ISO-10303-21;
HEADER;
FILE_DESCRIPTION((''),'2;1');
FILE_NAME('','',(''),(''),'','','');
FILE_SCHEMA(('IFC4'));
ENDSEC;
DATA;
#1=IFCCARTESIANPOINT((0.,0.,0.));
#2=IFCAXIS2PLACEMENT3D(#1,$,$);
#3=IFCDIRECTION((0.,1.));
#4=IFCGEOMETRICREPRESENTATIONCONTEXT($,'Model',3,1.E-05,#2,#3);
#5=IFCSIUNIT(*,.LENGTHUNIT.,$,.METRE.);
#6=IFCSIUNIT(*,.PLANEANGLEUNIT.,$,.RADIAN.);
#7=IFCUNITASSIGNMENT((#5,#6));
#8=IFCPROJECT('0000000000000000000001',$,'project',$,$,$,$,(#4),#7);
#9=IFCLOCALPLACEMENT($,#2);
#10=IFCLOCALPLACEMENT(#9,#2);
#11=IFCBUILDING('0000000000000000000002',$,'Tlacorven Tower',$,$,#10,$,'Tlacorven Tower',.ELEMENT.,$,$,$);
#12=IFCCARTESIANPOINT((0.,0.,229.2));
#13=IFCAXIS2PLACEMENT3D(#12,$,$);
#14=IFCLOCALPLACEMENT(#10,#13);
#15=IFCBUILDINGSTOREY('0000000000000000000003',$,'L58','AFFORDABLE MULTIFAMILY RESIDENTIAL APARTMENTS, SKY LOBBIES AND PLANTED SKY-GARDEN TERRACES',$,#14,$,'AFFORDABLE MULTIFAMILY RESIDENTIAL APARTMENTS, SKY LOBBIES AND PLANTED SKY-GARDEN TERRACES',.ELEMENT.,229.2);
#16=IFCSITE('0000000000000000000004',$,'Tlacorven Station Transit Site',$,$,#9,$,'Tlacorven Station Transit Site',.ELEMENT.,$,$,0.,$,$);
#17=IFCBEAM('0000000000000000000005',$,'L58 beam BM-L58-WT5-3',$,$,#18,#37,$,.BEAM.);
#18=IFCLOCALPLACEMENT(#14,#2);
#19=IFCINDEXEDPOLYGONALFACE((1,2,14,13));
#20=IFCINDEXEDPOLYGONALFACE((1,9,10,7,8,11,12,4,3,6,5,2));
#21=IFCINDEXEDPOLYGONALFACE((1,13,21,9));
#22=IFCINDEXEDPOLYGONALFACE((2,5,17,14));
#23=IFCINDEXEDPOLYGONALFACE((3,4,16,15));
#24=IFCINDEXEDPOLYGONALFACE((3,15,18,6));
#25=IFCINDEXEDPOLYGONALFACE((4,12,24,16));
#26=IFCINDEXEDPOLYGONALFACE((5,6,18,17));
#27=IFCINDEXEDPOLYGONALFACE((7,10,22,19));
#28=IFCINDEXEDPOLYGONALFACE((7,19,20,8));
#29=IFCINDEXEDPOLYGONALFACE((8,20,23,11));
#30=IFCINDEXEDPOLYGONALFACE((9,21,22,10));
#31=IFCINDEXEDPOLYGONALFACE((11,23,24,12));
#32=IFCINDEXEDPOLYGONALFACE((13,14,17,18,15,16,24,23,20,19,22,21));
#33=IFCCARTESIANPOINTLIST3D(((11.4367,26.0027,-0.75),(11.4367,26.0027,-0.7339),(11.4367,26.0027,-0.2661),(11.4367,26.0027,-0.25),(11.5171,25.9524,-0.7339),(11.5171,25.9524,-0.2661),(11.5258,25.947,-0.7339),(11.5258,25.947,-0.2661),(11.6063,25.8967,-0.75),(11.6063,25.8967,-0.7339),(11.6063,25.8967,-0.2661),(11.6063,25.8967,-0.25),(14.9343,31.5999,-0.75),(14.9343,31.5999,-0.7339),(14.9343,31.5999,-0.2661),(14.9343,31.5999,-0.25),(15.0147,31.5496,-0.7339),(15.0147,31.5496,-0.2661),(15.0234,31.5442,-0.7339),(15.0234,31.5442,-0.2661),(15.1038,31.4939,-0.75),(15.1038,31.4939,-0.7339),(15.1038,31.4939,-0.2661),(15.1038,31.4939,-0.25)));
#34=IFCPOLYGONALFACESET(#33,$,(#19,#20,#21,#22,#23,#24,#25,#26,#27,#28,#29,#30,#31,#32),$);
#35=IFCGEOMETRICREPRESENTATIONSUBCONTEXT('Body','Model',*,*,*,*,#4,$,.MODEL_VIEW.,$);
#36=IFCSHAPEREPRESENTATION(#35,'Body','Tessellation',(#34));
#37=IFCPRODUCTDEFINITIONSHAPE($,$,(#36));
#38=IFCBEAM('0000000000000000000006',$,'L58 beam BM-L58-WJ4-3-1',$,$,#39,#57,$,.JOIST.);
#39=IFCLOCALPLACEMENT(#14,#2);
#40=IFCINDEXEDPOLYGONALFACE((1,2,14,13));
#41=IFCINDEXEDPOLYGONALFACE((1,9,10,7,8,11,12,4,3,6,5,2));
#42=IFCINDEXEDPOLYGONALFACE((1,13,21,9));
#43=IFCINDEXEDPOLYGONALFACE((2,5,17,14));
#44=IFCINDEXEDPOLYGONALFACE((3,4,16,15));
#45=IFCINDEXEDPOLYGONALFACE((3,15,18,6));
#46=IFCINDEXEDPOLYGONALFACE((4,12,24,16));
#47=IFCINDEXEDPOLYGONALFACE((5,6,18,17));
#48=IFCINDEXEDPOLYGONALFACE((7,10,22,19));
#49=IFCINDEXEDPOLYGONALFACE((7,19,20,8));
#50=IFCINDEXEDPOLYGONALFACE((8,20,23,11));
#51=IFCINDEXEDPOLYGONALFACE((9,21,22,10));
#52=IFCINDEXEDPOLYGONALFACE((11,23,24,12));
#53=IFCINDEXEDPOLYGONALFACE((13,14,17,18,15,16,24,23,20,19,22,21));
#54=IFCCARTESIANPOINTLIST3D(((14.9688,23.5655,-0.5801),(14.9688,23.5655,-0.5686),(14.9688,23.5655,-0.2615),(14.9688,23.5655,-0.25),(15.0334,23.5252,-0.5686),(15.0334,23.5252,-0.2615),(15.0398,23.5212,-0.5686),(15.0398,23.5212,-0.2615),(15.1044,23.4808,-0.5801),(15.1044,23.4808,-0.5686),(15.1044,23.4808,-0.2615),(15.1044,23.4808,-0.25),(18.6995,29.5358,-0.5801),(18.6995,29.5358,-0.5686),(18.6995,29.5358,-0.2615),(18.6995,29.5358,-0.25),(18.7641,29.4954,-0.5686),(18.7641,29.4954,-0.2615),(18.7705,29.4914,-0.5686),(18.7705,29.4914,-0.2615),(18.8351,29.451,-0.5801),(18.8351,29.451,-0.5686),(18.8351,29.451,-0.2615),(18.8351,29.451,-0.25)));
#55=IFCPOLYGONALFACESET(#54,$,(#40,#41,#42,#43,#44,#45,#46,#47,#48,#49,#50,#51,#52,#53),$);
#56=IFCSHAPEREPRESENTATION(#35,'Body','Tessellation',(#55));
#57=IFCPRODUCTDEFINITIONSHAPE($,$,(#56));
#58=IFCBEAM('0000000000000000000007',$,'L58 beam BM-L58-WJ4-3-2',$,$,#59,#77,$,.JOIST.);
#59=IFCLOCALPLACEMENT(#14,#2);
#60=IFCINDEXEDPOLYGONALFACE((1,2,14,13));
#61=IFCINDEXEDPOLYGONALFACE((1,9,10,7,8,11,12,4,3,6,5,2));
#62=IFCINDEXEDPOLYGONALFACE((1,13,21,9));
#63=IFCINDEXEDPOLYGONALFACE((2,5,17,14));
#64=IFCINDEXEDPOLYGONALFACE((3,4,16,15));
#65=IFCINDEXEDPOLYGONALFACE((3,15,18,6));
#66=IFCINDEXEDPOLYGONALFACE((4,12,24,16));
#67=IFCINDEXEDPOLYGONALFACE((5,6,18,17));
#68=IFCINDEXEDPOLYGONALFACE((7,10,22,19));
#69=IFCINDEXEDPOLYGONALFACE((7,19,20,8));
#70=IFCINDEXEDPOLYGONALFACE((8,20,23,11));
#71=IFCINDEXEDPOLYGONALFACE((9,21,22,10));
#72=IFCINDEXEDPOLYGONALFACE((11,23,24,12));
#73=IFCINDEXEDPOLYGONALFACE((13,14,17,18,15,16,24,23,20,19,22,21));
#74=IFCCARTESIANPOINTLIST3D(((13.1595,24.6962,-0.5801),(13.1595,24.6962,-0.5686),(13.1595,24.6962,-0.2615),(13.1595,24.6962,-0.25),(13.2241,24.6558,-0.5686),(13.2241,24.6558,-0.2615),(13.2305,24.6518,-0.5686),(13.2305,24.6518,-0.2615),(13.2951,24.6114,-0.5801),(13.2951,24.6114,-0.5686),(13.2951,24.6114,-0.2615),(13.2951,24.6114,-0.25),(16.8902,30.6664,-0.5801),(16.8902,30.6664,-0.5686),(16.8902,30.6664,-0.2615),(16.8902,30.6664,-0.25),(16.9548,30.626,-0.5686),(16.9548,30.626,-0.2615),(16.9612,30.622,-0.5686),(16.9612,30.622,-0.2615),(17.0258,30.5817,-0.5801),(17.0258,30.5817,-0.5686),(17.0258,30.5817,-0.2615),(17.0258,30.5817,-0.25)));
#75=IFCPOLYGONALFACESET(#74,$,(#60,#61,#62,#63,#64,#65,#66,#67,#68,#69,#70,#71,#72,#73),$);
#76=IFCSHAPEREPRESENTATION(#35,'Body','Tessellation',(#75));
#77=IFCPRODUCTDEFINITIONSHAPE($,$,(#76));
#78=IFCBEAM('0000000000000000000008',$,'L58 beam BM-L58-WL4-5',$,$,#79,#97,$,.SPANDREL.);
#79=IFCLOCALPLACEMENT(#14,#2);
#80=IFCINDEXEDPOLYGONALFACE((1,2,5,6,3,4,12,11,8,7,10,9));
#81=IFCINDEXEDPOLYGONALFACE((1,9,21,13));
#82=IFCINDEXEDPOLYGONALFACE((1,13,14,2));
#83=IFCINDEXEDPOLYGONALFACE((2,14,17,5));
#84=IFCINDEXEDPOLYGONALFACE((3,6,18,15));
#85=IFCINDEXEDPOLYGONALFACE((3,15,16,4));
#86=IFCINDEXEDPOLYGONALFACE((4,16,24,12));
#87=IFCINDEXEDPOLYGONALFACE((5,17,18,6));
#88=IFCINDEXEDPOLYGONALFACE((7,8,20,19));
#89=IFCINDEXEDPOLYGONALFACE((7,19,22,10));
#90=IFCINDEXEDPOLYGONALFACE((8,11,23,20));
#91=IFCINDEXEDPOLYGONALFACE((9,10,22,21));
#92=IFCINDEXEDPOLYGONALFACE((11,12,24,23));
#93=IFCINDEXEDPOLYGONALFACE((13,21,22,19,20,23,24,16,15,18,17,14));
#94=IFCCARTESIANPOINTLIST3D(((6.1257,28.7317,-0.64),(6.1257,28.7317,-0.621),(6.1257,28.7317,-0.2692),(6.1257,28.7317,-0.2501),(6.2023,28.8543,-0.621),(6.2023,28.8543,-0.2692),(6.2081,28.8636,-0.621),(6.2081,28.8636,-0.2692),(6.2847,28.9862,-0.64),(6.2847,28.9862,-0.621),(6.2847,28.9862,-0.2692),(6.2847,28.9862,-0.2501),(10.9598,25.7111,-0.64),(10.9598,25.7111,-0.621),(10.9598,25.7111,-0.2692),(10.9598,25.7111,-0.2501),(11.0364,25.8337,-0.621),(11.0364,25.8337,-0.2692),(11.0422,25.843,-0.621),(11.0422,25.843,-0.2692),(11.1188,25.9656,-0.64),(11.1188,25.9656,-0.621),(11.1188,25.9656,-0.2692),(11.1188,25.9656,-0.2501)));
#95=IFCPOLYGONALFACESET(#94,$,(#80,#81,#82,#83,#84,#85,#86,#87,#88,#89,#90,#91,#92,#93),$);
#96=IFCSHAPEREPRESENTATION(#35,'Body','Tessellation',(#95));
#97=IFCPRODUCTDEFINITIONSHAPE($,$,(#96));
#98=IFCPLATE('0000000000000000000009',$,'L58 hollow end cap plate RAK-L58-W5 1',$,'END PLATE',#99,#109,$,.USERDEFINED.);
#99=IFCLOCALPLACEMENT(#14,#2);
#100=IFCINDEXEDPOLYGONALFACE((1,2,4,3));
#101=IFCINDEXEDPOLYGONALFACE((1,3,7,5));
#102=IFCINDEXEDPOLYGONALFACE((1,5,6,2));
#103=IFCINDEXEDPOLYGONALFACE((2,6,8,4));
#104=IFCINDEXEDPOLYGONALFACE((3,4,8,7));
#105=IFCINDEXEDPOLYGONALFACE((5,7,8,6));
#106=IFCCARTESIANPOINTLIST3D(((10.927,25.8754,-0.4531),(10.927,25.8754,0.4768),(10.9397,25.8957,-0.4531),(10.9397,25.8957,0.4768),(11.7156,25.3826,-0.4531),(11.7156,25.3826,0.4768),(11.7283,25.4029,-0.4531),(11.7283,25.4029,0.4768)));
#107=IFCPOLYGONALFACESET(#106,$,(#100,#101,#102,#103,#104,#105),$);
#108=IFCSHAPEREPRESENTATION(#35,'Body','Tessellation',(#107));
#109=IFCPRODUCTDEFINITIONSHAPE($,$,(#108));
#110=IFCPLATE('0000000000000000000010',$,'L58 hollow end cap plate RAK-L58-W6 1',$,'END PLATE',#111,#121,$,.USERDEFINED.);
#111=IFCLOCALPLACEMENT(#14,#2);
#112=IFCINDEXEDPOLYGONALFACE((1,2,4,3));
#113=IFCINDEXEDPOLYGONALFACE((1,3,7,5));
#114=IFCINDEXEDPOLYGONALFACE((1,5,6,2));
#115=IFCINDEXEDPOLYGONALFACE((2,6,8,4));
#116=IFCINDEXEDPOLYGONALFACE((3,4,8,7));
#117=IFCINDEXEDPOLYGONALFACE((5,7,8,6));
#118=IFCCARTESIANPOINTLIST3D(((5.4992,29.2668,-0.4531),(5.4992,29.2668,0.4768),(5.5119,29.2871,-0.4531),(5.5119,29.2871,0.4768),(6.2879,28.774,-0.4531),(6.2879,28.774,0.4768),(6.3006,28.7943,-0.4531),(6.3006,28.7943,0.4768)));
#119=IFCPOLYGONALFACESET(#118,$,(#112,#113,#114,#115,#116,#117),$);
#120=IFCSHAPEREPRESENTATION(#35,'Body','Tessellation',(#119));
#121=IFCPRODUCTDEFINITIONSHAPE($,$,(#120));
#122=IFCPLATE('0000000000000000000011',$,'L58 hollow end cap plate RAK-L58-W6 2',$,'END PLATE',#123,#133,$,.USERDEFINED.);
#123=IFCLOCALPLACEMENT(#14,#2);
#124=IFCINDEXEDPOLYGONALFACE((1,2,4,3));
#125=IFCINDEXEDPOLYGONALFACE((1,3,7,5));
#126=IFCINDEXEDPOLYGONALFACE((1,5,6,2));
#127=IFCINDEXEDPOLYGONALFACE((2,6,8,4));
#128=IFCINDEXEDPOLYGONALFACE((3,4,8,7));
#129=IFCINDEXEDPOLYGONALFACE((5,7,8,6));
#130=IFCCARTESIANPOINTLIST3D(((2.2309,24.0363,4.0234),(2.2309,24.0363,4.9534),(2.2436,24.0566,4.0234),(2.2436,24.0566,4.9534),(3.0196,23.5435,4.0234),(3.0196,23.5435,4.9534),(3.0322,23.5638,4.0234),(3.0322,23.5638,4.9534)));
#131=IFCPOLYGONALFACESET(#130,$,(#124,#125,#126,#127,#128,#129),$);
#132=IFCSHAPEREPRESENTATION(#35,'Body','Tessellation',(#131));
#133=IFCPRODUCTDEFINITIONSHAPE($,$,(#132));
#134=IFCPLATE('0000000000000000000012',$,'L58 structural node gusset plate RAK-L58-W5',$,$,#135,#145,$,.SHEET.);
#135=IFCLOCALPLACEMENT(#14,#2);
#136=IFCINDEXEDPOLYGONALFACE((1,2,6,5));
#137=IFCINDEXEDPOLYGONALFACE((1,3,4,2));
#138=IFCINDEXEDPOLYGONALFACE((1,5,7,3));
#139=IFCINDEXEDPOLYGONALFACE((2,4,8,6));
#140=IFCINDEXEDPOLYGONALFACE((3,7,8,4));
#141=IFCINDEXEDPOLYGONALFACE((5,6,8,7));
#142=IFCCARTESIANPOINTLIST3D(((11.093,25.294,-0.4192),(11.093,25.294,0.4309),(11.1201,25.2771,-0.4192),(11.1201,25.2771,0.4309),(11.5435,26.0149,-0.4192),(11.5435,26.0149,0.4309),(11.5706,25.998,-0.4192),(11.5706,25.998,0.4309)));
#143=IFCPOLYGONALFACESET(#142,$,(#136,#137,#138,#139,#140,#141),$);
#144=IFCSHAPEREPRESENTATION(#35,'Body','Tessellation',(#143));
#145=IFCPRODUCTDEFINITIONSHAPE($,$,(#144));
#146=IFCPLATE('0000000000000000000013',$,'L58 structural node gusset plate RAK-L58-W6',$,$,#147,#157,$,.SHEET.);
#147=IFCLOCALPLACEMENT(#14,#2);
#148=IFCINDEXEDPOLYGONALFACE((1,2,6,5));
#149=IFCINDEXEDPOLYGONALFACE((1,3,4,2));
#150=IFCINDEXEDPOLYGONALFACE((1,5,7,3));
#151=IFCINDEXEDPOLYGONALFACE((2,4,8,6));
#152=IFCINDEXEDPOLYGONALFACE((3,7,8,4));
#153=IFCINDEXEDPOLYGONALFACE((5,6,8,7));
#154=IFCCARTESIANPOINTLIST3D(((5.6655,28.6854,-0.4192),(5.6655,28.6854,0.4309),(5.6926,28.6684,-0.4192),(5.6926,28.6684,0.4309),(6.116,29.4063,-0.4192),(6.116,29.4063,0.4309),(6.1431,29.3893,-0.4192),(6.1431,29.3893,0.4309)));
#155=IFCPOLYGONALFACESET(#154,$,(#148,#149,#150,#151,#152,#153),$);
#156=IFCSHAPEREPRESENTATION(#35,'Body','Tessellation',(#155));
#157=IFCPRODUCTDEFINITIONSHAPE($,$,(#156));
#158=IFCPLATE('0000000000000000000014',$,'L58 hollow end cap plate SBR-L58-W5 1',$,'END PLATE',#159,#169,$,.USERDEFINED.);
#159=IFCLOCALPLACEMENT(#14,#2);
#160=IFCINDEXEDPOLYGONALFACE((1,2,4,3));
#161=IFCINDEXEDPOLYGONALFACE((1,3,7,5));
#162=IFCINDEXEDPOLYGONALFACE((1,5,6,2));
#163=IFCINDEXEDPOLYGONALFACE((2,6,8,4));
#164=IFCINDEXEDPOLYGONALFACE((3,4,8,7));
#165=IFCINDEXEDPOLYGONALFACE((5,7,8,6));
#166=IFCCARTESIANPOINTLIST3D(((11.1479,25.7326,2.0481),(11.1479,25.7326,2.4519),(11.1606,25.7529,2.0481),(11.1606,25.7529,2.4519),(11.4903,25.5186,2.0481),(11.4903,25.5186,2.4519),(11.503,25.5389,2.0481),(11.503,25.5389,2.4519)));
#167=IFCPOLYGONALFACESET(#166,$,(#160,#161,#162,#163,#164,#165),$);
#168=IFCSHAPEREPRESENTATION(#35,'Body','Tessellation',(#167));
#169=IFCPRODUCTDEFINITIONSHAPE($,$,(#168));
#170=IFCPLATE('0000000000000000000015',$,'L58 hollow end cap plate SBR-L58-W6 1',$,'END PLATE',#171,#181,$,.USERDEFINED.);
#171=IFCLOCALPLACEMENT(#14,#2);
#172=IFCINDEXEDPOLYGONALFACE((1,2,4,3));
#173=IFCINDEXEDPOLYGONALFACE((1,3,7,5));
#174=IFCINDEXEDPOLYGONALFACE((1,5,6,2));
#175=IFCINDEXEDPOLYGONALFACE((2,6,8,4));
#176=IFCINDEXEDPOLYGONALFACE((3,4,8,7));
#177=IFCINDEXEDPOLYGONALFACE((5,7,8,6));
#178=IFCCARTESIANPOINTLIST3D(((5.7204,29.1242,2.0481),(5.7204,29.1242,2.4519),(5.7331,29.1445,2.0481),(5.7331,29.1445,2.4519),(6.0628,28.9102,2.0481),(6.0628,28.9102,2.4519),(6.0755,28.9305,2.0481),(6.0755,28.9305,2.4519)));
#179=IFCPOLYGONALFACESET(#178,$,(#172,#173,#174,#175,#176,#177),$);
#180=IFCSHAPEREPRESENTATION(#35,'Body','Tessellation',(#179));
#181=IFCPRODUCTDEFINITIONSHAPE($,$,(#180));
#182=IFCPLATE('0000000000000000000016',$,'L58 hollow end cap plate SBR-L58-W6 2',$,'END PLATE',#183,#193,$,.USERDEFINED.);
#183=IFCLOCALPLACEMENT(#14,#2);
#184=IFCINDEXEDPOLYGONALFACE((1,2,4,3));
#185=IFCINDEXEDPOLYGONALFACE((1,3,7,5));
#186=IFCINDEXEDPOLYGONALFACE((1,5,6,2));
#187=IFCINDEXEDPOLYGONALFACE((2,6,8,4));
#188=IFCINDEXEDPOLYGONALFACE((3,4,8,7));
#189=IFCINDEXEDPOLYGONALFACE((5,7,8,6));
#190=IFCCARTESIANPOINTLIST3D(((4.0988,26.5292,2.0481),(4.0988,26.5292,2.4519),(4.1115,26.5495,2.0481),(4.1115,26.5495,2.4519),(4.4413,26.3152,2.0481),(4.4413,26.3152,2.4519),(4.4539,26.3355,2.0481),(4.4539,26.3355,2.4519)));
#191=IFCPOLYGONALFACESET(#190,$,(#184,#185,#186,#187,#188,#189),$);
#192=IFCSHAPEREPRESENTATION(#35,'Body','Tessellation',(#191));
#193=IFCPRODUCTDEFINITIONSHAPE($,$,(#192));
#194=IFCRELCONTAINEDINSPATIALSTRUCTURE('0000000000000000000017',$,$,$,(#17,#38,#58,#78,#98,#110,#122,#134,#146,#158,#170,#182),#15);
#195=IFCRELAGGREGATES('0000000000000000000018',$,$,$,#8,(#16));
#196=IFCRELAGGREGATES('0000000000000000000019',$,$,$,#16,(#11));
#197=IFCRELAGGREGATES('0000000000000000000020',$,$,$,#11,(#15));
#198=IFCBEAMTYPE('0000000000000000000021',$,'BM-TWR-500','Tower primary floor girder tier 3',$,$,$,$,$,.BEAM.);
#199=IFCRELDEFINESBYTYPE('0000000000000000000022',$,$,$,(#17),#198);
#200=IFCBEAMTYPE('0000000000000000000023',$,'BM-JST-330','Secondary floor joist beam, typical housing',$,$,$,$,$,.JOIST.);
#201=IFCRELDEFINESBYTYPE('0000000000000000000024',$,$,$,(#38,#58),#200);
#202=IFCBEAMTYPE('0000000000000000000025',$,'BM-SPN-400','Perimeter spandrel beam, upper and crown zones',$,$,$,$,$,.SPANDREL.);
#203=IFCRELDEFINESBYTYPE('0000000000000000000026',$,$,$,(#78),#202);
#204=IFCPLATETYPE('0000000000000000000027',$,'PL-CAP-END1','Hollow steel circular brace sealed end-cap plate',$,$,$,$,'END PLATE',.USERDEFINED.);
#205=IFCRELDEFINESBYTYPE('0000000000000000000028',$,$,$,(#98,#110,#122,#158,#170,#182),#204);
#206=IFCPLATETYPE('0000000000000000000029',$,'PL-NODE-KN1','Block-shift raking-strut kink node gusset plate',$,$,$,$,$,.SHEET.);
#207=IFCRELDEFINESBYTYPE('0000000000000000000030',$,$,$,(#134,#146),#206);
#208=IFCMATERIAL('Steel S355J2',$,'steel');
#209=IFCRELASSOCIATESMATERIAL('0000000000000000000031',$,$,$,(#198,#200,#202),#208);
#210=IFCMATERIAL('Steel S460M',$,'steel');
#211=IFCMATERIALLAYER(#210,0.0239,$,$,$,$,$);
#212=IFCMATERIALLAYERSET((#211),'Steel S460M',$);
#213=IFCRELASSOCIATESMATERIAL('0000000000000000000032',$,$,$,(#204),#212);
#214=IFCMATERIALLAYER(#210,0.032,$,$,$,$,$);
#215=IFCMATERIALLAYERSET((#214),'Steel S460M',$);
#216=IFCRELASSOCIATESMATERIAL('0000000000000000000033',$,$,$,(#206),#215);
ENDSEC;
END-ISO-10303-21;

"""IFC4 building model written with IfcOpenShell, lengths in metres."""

from ifc_helpers import new_model, si_unit, direction, frame, origin, origin_2d, place, context, subcontext, project, spatial, rectangle, i_section, extrude, source, transform, mapped, material, layer, layer_set, material_profile, profile_set, type_object, element, save


model = new_model("IFC4")

# Units and contexts
model_context = context("Model", 3, precision=1e-05, world=origin(), true_north=direction((0.0, 1.0)))
body_context = subcontext(model_context, "Body", "Model", "MODEL_VIEW")
ifc_project = project(units=[si_unit("LENGTHUNIT", "METRE"), si_unit("PLANEANGLEUNIT", "RADIAN")], contexts=[model_context])

# Site, building, storey
site_placement = place(None, origin())
site = spatial("IfcSite", under=ifc_project, at=site_placement, Name="Tlacorven Station Transit Site", LongName="Tlacorven Station Transit Site", CompositionType="ELEMENT", RefElevation=0.0)
building_placement = place(site_placement, origin())
building = spatial("IfcBuilding", under=site, at=building_placement, Name="Tlacorven Tower", LongName="Tlacorven Tower", CompositionType="ELEMENT")
storey_placement = place(building_placement, frame((0.0, 0.0, 229.2)))
storey = spatial("IfcBuildingStorey", under=building, at=storey_placement, Name="L58", Description="AFFORDABLE MULTIFAMILY RESIDENTIAL APARTMENTS, SKY LOBBIES AND PLANTED SKY-GARDEN TERRACES", LongName="AFFORDABLE MULTIFAMILY RESIDENTIAL APARTMENTS, SKY LOBBIES AND PLANTED SKY-GARDEN TERRACES", CompositionType="ELEMENT", Elevation=229.2)

# Shared definitions
ifc_material_1 = material(Name="Steel S460M", Category="steel")

# Beams
ifc_material_2 = material(Name="Steel S355J2", Category="steel")
ifc_material_profile_1 = material_profile(ifc_material_2, i_section(OverallWidth=0.2, OverallDepth=0.5, WebThickness=0.0103, FlangeThickness=0.0161, at=origin_2d()), Name="IPE 500")
ifc_profile_set_1 = profile_set([ifc_material_profile_1], Name="Steel S355J2")
beam_type_1 = type_object("IfcBeamType", Name="BM-TWR-500", Description="Tower primary floor girder tier 3", PredefinedType="BEAM", material=ifc_profile_set_1)
shared_shape_1 = source(origin(), body_context, "Body", "SweptSolid", [
    extrude(i_section(OverallWidth=0.2, OverallDepth=0.5, WebThickness=0.0103, FlangeThickness=0.0161, at=origin_2d()), origin(), (0.0, 0.0, 1.0), 6.6001),
])
beam_1_placement = place(storey_placement, frame((15.019, 31.5469, -0.5), z_axis=(-0.529926, -0.848044, 0.0), x_axis=(0.848044, -0.529926, 0.0)))
element("IfcBeam", 1, at=beam_1_placement, inside=storey, type_object=beam_type_1, Name="L58 beam BM-L58-WT5-3", PredefinedType="BEAM", context=body_context, shape_type="MappedRepresentation", body=[
    mapped(shared_shape_1, transform((0.0, 0.0, 0.0), scale=1.0)),
])
ifc_material_profile_2 = material_profile(ifc_material_2, i_section(OverallWidth=0.1599, OverallDepth=0.3301, WebThickness=0.0076, FlangeThickness=0.0115, at=origin_2d()), Name="IPE 330")
ifc_profile_set_2 = profile_set([ifc_material_profile_2], Name="Steel S355J2")
beam_type_2 = type_object("IfcBeamType", Name="BM-JST-330", Description="Secondary floor joist beam, typical housing", PredefinedType="JOIST", material=ifc_profile_set_2)
shared_shape_2 = source(origin(), body_context, "Body", "SweptSolid", [
    extrude(i_section(OverallWidth=0.1599, OverallDepth=0.3301, WebThickness=0.0076, FlangeThickness=0.0115, at=origin_2d()), origin(), (0.0, 0.0, 1.0), 7.04),
])
for number, where, z_axis, x_axis, name in (
    (2, (18.7673, 29.4934, -0.415), (-0.52993, -0.848041, 0.0), (0.848041, -0.52993, 0.0), "L58 beam BM-L58-WJ4-3-1"),
    (3, (16.958, 30.624, -0.415), (-0.52993, -0.848041, 0.0), (0.848041, -0.52993, 0.0), "L58 beam BM-L58-WJ4-3-2"),
):
    element("IfcBeam", number, at=place(storey_placement, frame(where, z_axis=z_axis, x_axis=x_axis)), inside=storey, type_object=beam_type_2, Name=name, PredefinedType="JOIST", context=body_context, shape_type="MappedRepresentation", body=[
        mapped(shared_shape_2, transform((0.0, 0.0, 0.0), scale=1.0)),
    ])
ifc_material_profile_3 = material_profile(ifc_material_2, i_section(OverallWidth=0.3, OverallDepth=0.3899, WebThickness=0.011, FlangeThickness=0.019, at=origin_2d()), Name="HEA 400")
ifc_profile_set_3 = profile_set([ifc_material_profile_3], Name="Steel S355J2")
beam_type_3 = type_object("IfcBeamType", Name="BM-SPN-400", Description="Perimeter spandrel beam, upper and crown zones", PredefinedType="SPANDREL", material=ifc_profile_set_3)
shared_shape_3 = source(origin(), body_context, "Body", "SweptSolid", [
    extrude(i_section(OverallWidth=0.3, OverallDepth=0.3899, WebThickness=0.011, FlangeThickness=0.019, at=origin_2d()), origin(), (0.0, 0.0, 1.0), 5.7002),
])
beam_2_placement = place(storey_placement, frame((11.0393, 25.8384, -0.4451), z_axis=(-0.848056, 0.529907, 0.0), x_axis=(-0.529907, -0.848056, 0.0)))
element("IfcBeam", 4, at=beam_2_placement, inside=storey, type_object=beam_type_3, Name="L58 beam BM-L58-WL4-5", PredefinedType="SPANDREL", context=body_context, shape_type="MappedRepresentation", body=[
    mapped(shared_shape_3, transform((0.0, 0.0, 0.0), scale=1.0)),
])

# Plates
ifc_layer_1 = layer(ifc_material_1, 0.0239)
ifc_layer_set_1 = layer_set([ifc_layer_1], Name="Steel S460M")
plate_type_1 = type_object("IfcPlateType", Name="PL-CAP-END1", Description="Hollow steel circular brace sealed end-cap plate", ElementType="END PLATE", PredefinedType="USERDEFINED", material=ifc_layer_set_1)
shared_shape_4 = source(origin(), body_context, "Body", "SweptSolid", [
    extrude(rectangle(XDim=0.0239, YDim=0.9299, at=origin_2d()), origin(), (0.0, 0.0, 1.0), 0.9299),
])
for number, where, z_axis, x_axis, name in (
    (5, (11.3276, 25.6392, -0.4531), (0.0, 0.0, 1.0), (-0.529919, -0.848048, 0.0), "L58 hollow end cap plate RAK-L58-W5 1"),
    (6, (5.8999, 29.0305, -0.4531), (0.0, 0.0, 1.0), (-0.529919, -0.848048, 0.0), "L58 hollow end cap plate RAK-L58-W6 1"),
    (7, (2.6316, 23.8, 4.0234), (0.0, 0.0, 1.0), (-0.529919, -0.848048, 0.0), "L58 hollow end cap plate RAK-L58-W6 2"),
):
    element("IfcPlate", number, at=place(storey_placement, frame(where, z_axis=z_axis, x_axis=x_axis)), inside=storey, type_object=plate_type_1, Name=name, ObjectType="END PLATE", PredefinedType="USERDEFINED", context=body_context, shape_type="MappedRepresentation", body=[
        mapped(shared_shape_4, transform((0.0, 0.0, 0.0), scale=1.0)),
    ])
ifc_layer_2 = layer(ifc_material_1, 0.032)
ifc_layer_set_2 = layer_set([ifc_layer_2], Name="Steel S460M")
plate_type_2 = type_object("IfcPlateType", Name="PL-NODE-KN1", Description="Block-shift raking-strut kink node gusset plate", PredefinedType="SHEET", material=ifc_layer_set_2)
shared_shape_5 = source(origin(), body_context, "Body", "SweptSolid", [
    extrude(rectangle(XDim=0.8501, YDim=0.032, at=origin_2d()), origin(), (0.0, 0.0, 1.0), 0.8501),
])
for number, where, z_axis, x_axis, name in (
    (8, (11.3318, 25.646, -0.4192), (0.0, 0.0, 1.0), (-0.529919, -0.848048, 0.0), "L58 structural node gusset plate RAK-L58-W5"),
    (9, (5.9043, 29.0374, -0.4192), (0.0, 0.0, 1.0), (-0.529919, -0.848048, 0.0), "L58 structural node gusset plate RAK-L58-W6"),
):
    element("IfcPlate", number, at=place(storey_placement, frame(where, z_axis=z_axis, x_axis=x_axis)), inside=storey, type_object=plate_type_2, Name=name, PredefinedType="SHEET", context=body_context, shape_type="MappedRepresentation", body=[
        mapped(shared_shape_5, transform((0.0, 0.0, 0.0), scale=1.0)),
    ])
shared_shape_6 = source(origin(), body_context, "Body", "SweptSolid", [
    extrude(rectangle(XDim=0.0239, YDim=0.4038, at=origin_2d()), origin(), (0.0, 0.0, 1.0), 0.4038),
])
for number, where, z_axis, x_axis, name in (
    (10, (11.3254, 25.6357, 2.0481), (0.0, 0.0, 1.0), (-0.52992, -0.848048, 0.0), "L58 hollow end cap plate SBR-L58-W5 1"),
    (11, (5.8979, 29.0273, 2.0481), (0.0, 0.0, 1.0), (-0.529919, -0.848048, 0.0), "L58 hollow end cap plate SBR-L58-W6 1"),
    (12, (4.2764, 26.4324, 2.0481), (0.0, 0.0, 1.0), (-0.529919, -0.848048, 0.0), "L58 hollow end cap plate SBR-L58-W6 2"),
):
    element("IfcPlate", number, at=place(storey_placement, frame(where, z_axis=z_axis, x_axis=x_axis)), inside=storey, type_object=plate_type_1, Name=name, ObjectType="END PLATE", PredefinedType="USERDEFINED", context=body_context, shape_type="MappedRepresentation", body=[
        mapped(shared_shape_6, transform((0.0, 0.0, 0.0), scale=1.0)),
    ])

save(model, "model.ifc")
